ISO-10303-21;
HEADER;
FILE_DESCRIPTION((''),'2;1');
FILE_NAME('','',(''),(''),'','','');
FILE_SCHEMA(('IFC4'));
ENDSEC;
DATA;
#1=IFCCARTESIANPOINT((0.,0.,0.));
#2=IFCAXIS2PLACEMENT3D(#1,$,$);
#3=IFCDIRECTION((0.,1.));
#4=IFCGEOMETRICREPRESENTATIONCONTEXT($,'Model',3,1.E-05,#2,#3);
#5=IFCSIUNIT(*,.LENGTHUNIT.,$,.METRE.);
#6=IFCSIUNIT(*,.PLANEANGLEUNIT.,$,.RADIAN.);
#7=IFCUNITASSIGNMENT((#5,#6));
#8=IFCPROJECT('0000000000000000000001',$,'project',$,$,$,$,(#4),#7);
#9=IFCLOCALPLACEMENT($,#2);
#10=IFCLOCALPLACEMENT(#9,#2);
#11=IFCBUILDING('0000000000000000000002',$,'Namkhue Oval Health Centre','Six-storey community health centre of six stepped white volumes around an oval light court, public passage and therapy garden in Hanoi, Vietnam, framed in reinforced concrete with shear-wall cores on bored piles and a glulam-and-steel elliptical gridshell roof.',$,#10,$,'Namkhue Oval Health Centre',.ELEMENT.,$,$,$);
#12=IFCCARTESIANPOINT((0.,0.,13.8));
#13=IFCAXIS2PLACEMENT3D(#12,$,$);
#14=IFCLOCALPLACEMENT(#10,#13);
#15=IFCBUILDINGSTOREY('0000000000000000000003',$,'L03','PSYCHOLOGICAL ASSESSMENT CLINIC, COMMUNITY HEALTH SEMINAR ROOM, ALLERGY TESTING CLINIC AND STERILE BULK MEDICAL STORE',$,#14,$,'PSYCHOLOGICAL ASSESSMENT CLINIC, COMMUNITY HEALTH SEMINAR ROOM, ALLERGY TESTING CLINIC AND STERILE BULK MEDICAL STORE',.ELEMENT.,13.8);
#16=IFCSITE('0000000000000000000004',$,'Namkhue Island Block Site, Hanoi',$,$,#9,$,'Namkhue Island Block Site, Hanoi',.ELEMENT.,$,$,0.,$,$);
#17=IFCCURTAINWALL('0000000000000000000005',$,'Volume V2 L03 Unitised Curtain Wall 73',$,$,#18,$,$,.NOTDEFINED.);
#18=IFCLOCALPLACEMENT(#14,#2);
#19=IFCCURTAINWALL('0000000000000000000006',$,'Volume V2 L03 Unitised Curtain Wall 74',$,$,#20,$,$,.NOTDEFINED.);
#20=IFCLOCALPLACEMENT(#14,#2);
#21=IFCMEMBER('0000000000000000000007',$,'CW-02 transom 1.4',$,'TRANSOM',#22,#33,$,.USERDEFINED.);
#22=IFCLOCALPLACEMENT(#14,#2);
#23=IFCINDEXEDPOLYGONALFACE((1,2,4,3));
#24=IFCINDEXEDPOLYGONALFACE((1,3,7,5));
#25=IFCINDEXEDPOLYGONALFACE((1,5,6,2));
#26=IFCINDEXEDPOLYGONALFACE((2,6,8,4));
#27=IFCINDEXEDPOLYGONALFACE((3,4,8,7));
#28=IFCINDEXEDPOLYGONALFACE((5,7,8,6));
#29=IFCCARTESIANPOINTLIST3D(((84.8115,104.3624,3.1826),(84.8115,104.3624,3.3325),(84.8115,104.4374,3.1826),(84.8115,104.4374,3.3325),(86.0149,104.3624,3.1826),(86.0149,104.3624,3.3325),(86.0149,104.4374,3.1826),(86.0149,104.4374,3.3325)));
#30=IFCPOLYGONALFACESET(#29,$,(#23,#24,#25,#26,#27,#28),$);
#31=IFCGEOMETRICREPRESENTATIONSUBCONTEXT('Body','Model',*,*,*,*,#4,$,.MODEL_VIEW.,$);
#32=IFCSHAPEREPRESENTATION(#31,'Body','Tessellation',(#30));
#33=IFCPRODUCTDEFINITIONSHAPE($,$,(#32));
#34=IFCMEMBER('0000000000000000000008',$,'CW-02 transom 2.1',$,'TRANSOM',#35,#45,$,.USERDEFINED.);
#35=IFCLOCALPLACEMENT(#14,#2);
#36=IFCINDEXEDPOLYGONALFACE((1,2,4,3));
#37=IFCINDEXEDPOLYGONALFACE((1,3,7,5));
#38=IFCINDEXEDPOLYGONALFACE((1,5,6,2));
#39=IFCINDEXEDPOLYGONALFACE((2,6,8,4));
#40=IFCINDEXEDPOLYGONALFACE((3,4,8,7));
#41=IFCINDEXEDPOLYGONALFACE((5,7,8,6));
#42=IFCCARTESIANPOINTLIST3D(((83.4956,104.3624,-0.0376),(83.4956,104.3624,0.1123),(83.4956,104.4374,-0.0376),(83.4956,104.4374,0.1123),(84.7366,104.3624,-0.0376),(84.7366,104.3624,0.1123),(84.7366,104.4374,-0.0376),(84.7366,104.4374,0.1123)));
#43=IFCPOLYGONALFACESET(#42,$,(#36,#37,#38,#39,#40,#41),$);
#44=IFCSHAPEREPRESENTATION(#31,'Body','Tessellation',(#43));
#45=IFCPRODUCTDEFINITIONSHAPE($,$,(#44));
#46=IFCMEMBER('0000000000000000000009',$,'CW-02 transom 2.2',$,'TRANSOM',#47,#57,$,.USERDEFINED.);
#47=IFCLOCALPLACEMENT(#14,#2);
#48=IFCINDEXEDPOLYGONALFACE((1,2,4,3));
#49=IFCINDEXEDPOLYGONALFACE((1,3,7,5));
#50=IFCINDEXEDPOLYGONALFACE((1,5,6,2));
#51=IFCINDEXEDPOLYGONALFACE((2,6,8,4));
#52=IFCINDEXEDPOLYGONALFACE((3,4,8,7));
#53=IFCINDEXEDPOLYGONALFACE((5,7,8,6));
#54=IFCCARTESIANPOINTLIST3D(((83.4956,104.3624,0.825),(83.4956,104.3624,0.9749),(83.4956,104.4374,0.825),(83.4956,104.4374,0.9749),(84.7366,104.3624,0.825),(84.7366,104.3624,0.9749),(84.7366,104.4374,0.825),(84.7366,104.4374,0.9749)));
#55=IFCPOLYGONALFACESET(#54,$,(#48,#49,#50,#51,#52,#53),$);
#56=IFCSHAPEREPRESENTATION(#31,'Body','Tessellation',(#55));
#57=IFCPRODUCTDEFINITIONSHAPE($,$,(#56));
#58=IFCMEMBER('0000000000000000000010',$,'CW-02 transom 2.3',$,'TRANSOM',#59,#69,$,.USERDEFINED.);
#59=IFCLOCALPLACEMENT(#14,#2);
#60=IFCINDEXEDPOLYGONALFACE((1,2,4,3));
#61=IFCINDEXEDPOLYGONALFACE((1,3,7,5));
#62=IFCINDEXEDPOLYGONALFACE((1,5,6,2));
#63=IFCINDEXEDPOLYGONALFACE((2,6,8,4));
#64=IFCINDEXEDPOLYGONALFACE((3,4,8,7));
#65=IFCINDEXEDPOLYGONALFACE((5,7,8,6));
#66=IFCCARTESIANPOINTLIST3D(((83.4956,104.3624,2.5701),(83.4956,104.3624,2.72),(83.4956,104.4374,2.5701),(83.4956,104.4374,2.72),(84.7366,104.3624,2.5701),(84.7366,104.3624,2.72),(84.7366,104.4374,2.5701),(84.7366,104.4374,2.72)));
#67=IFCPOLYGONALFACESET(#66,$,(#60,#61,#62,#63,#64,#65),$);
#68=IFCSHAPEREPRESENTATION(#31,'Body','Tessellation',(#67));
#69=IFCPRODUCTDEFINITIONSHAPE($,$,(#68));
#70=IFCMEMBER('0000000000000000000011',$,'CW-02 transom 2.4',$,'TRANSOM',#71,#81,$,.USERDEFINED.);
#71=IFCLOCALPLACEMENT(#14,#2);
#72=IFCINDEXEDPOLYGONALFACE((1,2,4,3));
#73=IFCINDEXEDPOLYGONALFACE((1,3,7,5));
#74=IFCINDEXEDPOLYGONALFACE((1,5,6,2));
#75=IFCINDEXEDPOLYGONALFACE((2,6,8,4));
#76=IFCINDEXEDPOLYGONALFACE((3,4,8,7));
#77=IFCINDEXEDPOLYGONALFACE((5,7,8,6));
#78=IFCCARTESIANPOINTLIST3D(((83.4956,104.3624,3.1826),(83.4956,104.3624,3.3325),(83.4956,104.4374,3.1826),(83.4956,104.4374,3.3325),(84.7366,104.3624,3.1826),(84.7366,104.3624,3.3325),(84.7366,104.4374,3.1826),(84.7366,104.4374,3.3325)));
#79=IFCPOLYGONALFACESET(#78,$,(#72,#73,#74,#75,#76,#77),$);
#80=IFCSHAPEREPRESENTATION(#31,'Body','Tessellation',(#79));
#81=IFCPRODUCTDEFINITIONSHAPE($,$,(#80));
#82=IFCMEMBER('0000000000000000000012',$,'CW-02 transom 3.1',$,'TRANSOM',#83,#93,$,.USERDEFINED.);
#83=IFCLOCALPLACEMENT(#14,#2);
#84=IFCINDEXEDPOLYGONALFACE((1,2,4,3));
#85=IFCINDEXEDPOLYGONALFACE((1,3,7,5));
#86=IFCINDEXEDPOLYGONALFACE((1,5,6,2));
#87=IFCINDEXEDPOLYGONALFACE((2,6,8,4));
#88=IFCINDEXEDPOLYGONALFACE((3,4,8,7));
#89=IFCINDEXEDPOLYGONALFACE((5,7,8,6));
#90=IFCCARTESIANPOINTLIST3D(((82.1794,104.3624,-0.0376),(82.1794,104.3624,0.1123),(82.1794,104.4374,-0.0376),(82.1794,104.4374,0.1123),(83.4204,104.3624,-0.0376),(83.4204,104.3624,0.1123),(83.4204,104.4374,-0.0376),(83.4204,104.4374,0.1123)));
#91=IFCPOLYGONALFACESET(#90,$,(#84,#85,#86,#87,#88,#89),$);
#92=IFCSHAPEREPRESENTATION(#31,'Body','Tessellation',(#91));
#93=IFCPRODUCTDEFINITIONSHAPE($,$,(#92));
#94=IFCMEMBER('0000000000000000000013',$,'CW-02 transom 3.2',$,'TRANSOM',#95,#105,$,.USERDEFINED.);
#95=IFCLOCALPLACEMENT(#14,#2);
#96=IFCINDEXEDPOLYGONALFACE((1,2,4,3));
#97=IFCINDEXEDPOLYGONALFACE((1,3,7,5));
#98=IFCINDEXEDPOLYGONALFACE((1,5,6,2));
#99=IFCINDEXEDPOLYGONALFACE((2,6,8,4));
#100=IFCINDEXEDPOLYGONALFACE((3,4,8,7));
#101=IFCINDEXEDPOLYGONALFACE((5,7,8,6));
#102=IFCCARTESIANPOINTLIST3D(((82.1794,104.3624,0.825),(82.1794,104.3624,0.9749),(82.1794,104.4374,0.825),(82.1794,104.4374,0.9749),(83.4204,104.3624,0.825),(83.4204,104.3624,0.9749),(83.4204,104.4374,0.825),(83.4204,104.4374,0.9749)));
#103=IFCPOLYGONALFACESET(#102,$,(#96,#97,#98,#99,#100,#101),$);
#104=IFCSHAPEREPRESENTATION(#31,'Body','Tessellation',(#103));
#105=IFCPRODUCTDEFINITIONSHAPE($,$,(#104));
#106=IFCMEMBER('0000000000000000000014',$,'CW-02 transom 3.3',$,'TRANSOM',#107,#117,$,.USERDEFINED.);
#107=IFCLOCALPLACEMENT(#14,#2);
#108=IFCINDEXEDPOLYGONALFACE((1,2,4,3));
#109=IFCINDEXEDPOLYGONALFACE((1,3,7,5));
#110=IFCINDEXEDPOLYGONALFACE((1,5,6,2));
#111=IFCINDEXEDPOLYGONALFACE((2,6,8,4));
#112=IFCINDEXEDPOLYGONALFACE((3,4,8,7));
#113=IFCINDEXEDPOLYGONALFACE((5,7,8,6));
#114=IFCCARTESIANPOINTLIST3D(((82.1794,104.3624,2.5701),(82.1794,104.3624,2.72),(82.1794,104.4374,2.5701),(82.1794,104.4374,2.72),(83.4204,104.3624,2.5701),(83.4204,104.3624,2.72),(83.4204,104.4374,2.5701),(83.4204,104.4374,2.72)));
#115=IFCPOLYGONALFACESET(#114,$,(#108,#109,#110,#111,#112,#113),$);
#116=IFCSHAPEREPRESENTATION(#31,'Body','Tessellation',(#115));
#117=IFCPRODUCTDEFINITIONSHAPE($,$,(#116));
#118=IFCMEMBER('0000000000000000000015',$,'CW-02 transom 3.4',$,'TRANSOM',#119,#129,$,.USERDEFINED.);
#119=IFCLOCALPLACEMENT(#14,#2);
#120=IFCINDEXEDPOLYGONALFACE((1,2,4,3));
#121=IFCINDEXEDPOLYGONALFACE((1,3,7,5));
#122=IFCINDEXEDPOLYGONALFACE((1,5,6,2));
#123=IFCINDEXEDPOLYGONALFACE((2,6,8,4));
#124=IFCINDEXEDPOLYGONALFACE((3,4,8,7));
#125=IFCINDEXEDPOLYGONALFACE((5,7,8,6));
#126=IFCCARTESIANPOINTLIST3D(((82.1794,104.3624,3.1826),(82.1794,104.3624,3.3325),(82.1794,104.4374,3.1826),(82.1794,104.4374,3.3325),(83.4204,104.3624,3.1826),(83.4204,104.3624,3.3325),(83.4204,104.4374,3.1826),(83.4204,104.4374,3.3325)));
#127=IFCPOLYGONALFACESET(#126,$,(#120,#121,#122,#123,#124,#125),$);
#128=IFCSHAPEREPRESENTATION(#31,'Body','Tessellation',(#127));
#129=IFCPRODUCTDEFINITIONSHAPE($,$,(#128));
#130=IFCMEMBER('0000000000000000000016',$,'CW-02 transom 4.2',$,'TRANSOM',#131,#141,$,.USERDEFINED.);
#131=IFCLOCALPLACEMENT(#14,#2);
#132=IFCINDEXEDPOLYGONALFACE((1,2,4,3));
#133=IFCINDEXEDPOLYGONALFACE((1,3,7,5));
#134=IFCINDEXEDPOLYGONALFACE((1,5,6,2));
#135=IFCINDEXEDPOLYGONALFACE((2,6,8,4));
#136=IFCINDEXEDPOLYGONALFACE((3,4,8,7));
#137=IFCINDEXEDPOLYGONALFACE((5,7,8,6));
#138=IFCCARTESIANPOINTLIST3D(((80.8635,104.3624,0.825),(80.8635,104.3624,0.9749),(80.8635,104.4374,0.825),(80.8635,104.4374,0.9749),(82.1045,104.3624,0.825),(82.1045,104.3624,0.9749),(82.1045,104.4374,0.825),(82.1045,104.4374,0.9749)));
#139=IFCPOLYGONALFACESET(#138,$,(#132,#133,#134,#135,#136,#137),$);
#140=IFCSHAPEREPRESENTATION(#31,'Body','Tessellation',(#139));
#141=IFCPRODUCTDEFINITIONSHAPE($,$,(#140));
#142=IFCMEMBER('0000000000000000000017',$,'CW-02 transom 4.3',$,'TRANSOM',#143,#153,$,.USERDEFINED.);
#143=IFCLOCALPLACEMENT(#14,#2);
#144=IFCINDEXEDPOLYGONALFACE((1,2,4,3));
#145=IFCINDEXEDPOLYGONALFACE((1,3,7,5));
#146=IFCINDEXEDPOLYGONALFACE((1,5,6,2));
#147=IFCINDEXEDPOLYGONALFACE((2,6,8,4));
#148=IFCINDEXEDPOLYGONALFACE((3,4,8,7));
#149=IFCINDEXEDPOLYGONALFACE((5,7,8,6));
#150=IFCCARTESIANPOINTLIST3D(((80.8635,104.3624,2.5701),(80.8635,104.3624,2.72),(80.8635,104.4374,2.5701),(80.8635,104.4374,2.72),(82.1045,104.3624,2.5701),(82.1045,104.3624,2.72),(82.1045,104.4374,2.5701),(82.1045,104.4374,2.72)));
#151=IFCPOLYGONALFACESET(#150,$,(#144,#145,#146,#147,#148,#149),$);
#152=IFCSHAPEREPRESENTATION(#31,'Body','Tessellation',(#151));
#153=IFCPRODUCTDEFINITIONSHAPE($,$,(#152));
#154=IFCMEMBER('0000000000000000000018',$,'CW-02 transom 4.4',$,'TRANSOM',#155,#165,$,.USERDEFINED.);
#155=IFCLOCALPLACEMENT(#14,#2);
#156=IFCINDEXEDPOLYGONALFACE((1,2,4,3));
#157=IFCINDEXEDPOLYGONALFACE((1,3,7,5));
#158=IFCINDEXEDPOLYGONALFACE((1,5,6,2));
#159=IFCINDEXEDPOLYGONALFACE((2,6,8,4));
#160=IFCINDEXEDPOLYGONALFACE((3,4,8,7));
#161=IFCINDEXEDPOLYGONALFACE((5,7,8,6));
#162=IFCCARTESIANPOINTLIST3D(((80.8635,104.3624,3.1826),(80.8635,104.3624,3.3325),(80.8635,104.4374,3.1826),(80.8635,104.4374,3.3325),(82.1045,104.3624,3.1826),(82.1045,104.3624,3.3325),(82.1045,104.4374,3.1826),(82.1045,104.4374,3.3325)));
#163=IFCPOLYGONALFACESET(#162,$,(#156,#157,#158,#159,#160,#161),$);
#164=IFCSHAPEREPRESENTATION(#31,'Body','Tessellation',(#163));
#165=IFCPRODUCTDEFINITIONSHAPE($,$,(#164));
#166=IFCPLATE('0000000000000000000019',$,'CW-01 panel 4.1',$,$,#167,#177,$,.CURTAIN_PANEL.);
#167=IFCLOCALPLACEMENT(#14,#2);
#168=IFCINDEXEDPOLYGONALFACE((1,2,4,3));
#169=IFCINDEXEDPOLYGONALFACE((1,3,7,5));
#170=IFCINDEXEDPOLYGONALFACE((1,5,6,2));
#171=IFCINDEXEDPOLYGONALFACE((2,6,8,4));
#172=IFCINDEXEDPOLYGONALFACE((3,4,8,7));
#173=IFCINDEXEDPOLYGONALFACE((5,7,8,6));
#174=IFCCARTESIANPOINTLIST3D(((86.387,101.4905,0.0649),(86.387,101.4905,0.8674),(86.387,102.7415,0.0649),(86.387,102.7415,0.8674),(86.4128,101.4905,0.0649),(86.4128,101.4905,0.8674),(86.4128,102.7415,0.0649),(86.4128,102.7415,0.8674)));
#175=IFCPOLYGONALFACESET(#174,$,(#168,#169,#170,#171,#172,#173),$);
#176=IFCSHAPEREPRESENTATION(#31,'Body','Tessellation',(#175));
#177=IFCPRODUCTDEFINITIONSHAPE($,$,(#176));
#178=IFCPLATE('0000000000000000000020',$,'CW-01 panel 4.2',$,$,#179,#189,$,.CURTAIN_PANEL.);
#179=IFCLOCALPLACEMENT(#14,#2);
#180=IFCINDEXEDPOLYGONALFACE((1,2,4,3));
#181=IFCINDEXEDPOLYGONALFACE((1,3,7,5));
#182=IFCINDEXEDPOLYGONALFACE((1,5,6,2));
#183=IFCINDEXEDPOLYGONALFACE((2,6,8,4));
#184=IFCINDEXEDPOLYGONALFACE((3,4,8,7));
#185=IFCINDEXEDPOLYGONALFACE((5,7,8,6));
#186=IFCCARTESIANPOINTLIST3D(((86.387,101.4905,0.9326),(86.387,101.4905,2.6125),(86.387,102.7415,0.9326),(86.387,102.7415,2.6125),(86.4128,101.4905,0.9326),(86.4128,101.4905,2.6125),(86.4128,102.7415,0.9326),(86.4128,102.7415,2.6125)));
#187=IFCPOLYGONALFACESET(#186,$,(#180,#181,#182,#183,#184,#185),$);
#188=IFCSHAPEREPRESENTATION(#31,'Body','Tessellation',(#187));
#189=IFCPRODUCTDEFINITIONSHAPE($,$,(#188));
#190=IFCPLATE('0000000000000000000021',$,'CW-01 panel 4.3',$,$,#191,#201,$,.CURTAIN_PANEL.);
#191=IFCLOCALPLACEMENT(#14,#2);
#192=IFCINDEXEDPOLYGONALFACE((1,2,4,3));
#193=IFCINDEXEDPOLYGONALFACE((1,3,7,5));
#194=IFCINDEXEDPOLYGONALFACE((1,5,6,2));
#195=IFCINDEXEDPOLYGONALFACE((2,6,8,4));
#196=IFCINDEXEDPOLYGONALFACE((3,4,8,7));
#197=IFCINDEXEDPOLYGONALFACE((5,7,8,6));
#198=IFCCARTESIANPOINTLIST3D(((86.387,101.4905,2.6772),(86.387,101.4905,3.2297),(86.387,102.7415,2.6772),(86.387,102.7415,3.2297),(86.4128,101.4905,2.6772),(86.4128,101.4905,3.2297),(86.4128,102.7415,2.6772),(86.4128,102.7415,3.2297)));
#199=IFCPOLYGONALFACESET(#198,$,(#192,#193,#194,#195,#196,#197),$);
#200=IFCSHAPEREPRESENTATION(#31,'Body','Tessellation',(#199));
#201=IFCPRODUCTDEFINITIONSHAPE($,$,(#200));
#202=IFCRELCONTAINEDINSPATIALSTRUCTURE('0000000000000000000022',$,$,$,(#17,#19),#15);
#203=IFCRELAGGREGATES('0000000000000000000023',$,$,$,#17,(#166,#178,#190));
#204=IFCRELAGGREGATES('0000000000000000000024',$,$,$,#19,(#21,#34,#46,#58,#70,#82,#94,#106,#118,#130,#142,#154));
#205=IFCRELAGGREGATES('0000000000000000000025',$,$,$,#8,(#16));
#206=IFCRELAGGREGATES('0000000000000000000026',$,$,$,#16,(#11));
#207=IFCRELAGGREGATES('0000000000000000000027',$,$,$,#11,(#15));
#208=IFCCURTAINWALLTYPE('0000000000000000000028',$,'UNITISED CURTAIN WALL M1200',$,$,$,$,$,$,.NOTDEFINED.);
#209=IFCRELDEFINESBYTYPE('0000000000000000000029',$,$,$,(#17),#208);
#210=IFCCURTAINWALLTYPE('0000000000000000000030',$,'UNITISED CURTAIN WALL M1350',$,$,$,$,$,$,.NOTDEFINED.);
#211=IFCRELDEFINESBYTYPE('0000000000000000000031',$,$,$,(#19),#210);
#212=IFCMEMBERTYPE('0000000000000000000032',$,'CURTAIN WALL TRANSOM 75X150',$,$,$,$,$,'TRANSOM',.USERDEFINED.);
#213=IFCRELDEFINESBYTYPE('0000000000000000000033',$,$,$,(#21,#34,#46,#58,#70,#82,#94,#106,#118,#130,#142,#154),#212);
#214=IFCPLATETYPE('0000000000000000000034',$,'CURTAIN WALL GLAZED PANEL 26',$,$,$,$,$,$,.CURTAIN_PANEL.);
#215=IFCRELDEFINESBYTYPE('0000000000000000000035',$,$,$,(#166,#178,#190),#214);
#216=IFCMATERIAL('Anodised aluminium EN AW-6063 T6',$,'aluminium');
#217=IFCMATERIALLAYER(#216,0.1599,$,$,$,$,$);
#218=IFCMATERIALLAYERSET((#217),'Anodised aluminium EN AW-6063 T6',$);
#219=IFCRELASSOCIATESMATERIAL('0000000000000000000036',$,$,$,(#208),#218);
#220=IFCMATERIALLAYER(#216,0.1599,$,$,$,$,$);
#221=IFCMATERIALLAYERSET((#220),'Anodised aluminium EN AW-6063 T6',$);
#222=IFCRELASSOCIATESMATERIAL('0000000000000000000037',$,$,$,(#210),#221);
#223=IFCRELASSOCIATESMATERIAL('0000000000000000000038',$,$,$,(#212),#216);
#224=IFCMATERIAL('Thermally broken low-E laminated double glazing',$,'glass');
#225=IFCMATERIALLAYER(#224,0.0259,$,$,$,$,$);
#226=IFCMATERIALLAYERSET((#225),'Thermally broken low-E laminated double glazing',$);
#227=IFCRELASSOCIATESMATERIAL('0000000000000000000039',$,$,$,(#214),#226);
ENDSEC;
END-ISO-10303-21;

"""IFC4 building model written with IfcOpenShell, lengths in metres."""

from ifc_helpers import new_model, si_unit, direction, frame, origin, origin_2d, place, context, subcontext, project, spatial, rectangle, extrude, material, layer, layer_set, material_profile, profile_set, type_object, element, aggregate, save


model = new_model("IFC4")

# Units and contexts
model_context = context("Model", 3, precision=1e-05, world=origin(), true_north=direction((0.0, 1.0)))
body_context = subcontext(model_context, "Body", "Model", "MODEL_VIEW")
ifc_project = project(units=[si_unit("LENGTHUNIT", "METRE"), si_unit("PLANEANGLEUNIT", "RADIAN")], contexts=[model_context])

# Site, building, storey
site_placement = place(None, origin())
site = spatial("IfcSite", under=ifc_project, at=site_placement, Name="Namkhue Island Block Site, Hanoi", LongName="Namkhue Island Block Site, Hanoi", CompositionType="ELEMENT", RefElevation=0.0)
building_placement = place(site_placement, origin())
building = spatial("IfcBuilding", under=site, at=building_placement, Name="Namkhue Oval Health Centre", Description="Six-storey community health centre of six stepped white volumes around an oval light court, public passage and therapy garden in Hanoi, Vietnam, framed in reinforced concrete with shear-wall cores on bored piles and a glulam-and-steel elliptical gridshell roof.", LongName="Namkhue Oval Health Centre", CompositionType="ELEMENT")
storey_placement = place(building_placement, frame((0.0, 0.0, 13.8)))
storey = spatial("IfcBuildingStorey", under=building, at=storey_placement, Name="L03", Description="PSYCHOLOGICAL ASSESSMENT CLINIC, COMMUNITY HEALTH SEMINAR ROOM, ALLERGY TESTING CLINIC AND STERILE BULK MEDICAL STORE", LongName="PSYCHOLOGICAL ASSESSMENT CLINIC, COMMUNITY HEALTH SEMINAR ROOM, ALLERGY TESTING CLINIC AND STERILE BULK MEDICAL STORE", CompositionType="ELEMENT", Elevation=13.8)

# Curtain walls
ifc_material_1 = material(Name="Anodised aluminium EN AW-6063 T6", Category="aluminium")
ifc_layer_1 = layer(ifc_material_1, 0.1599)
ifc_layer_set_1 = layer_set([ifc_layer_1], Name="Anodised aluminium EN AW-6063 T6")
curtain_wall_type_1 = type_object("IfcCurtainWallType", Name="UNITISED CURTAIN WALL M1200", PredefinedType="NOTDEFINED", material=ifc_layer_set_1)
curtain_wall_1_placement = place(storey_placement, origin())
curtain_wall_1 = element("IfcCurtainWall", 1, at=curtain_wall_1_placement, inside=storey, type_object=curtain_wall_type_1, Name="Volume V2 L03 Unitised Curtain Wall 73", PredefinedType="NOTDEFINED")
ifc_layer_2 = layer(ifc_material_1, 0.1599)
ifc_layer_set_2 = layer_set([ifc_layer_2], Name="Anodised aluminium EN AW-6063 T6")
curtain_wall_type_2 = type_object("IfcCurtainWallType", Name="UNITISED CURTAIN WALL M1350", PredefinedType="NOTDEFINED", material=ifc_layer_set_2)
curtain_wall_2_placement = place(storey_placement, origin())
curtain_wall_2 = element("IfcCurtainWall", 2, at=curtain_wall_2_placement, inside=storey, type_object=curtain_wall_type_2, Name="Volume V2 L03 Unitised Curtain Wall 74", PredefinedType="NOTDEFINED")

# Members
ifc_material_profile_1 = material_profile(ifc_material_1, rectangle(XDim=0.075, YDim=0.1499, at=origin_2d()), Name="ALU 75x150")
ifc_profile_set_1 = profile_set([ifc_material_profile_1], Name="Anodised aluminium EN AW-6063 T6")
member_type_1 = type_object("IfcMemberType", Name="CURTAIN WALL TRANSOM 75X150", ElementType="TRANSOM", PredefinedType="USERDEFINED", material=ifc_profile_set_1)
member_1_placement = place(storey_placement, frame((86.0149, 104.3999, 3.2576), z_axis=(-1.0, 0.0, 0.0), x_axis=(0.0, -1.0, 0.0)))
member_1 = element("IfcMember", 3, at=member_1_placement, type_object=member_type_1, Name="CW-02 transom 1.4", ObjectType="TRANSOM", PredefinedType="USERDEFINED", context=body_context, shape_type="SweptSolid", body=[
    extrude(rectangle(XDim=0.075, YDim=0.1499, at=origin_2d()), origin(), (0.0, 0.0, 1.0), 1.2034),
])
member_2_placement = place(storey_placement, frame((84.7366, 104.3999, 0.0374), z_axis=(-1.0, 0.0, 0.0), x_axis=(0.0, -1.0, 0.0)))
member_2 = element("IfcMember", 4, at=member_2_placement, type_object=member_type_1, Name="CW-02 transom 2.1", ObjectType="TRANSOM", PredefinedType="USERDEFINED", context=body_context, shape_type="SweptSolid", body=[
    extrude(rectangle(XDim=0.075, YDim=0.1499, at=origin_2d()), origin(), (0.0, 0.0, 1.0), 1.241),
])
member_3_placement = place(storey_placement, frame((84.7366, 104.3999, 0.8999), z_axis=(-1.0, 0.0, 0.0), x_axis=(0.0, -1.0, 0.0)))
member_3 = element("IfcMember", 5, at=member_3_placement, type_object=member_type_1, Name="CW-02 transom 2.2", ObjectType="TRANSOM", PredefinedType="USERDEFINED", context=body_context, shape_type="SweptSolid", body=[
    extrude(rectangle(XDim=0.075, YDim=0.1499, at=origin_2d()), origin(), (0.0, 0.0, 1.0), 1.241),
])
member_4_placement = place(storey_placement, frame((84.7366, 104.3999, 2.645), z_axis=(-1.0, 0.0, 0.0), x_axis=(0.0, -1.0, 0.0)))
member_4 = element("IfcMember", 6, at=member_4_placement, type_object=member_type_1, Name="CW-02 transom 2.3", ObjectType="TRANSOM", PredefinedType="USERDEFINED", context=body_context, shape_type="SweptSolid", body=[
    extrude(rectangle(XDim=0.075, YDim=0.1499, at=origin_2d()), origin(), (0.0, 0.0, 1.0), 1.241),
])
member_5_placement = place(storey_placement, frame((84.7366, 104.3999, 3.2576), z_axis=(-1.0, 0.0, 0.0), x_axis=(0.0, -1.0, 0.0)))
member_5 = element("IfcMember", 7, at=member_5_placement, type_object=member_type_1, Name="CW-02 transom 2.4", ObjectType="TRANSOM", PredefinedType="USERDEFINED", context=body_context, shape_type="SweptSolid", body=[
    extrude(rectangle(XDim=0.075, YDim=0.1499, at=origin_2d()), origin(), (0.0, 0.0, 1.0), 1.241),
])
member_6_placement = place(storey_placement, frame((83.4204, 104.3999, 0.0374), z_axis=(-1.0, 0.0, 0.0), x_axis=(0.0, -1.0, 0.0)))
member_6 = element("IfcMember", 8, at=member_6_placement, type_object=member_type_1, Name="CW-02 transom 3.1", ObjectType="TRANSOM", PredefinedType="USERDEFINED", context=body_context, shape_type="SweptSolid", body=[
    extrude(rectangle(XDim=0.075, YDim=0.1499, at=origin_2d()), origin(), (0.0, 0.0, 1.0), 1.241),
])
member_7_placement = place(storey_placement, frame((83.4204, 104.3999, 0.8999), z_axis=(-1.0, 0.0, 0.0), x_axis=(0.0, -1.0, 0.0)))
member_7 = element("IfcMember", 9, at=member_7_placement, type_object=member_type_1, Name="CW-02 transom 3.2", ObjectType="TRANSOM", PredefinedType="USERDEFINED", context=body_context, shape_type="SweptSolid", body=[
    extrude(rectangle(XDim=0.075, YDim=0.1499, at=origin_2d()), origin(), (0.0, 0.0, 1.0), 1.241),
])
member_8_placement = place(storey_placement, frame((83.4204, 104.3999, 2.645), z_axis=(-1.0, 0.0, 0.0), x_axis=(0.0, -1.0, 0.0)))
member_8 = element("IfcMember", 10, at=member_8_placement, type_object=member_type_1, Name="CW-02 transom 3.3", ObjectType="TRANSOM", PredefinedType="USERDEFINED", context=body_context, shape_type="SweptSolid", body=[
    extrude(rectangle(XDim=0.075, YDim=0.1499, at=origin_2d()), origin(), (0.0, 0.0, 1.0), 1.241),
])
member_9_placement = place(storey_placement, frame((83.4204, 104.3999, 3.2576), z_axis=(-1.0, 0.0, 0.0), x_axis=(0.0, -1.0, 0.0)))
member_9 = element("IfcMember", 11, at=member_9_placement, type_object=member_type_1, Name="CW-02 transom 3.4", ObjectType="TRANSOM", PredefinedType="USERDEFINED", context=body_context, shape_type="SweptSolid", body=[
    extrude(rectangle(XDim=0.075, YDim=0.1499, at=origin_2d()), origin(), (0.0, 0.0, 1.0), 1.241),
])
member_10_placement = place(storey_placement, frame((82.1045, 104.3999, 0.8999), z_axis=(-1.0, 0.0, 0.0), x_axis=(0.0, -1.0, 0.0)))
member_10 = element("IfcMember", 12, at=member_10_placement, type_object=member_type_1, Name="CW-02 transom 4.2", ObjectType="TRANSOM", PredefinedType="USERDEFINED", context=body_context, shape_type="SweptSolid", body=[
    extrude(rectangle(XDim=0.075, YDim=0.1499, at=origin_2d()), origin(), (0.0, 0.0, 1.0), 1.241),
])
member_11_placement = place(storey_placement, frame((82.1045, 104.3999, 2.645), z_axis=(-1.0, 0.0, 0.0), x_axis=(0.0, -1.0, 0.0)))
member_11 = element("IfcMember", 13, at=member_11_placement, type_object=member_type_1, Name="CW-02 transom 4.3", ObjectType="TRANSOM", PredefinedType="USERDEFINED", context=body_context, shape_type="SweptSolid", body=[
    extrude(rectangle(XDim=0.075, YDim=0.1499, at=origin_2d()), origin(), (0.0, 0.0, 1.0), 1.241),
])
member_12_placement = place(storey_placement, frame((82.1045, 104.3999, 3.2576), z_axis=(-1.0, 0.0, 0.0), x_axis=(0.0, -1.0, 0.0)))
member_12 = element("IfcMember", 14, at=member_12_placement, type_object=member_type_1, Name="CW-02 transom 4.4", ObjectType="TRANSOM", PredefinedType="USERDEFINED", context=body_context, shape_type="SweptSolid", body=[
    extrude(rectangle(XDim=0.075, YDim=0.1499, at=origin_2d()), origin(), (0.0, 0.0, 1.0), 1.241),
])

# Plates
ifc_material_2 = material(Name="Thermally broken low-E laminated double glazing", Category="glass")
ifc_layer_3 = layer(ifc_material_2, 0.0259)
ifc_layer_set_3 = layer_set([ifc_layer_3], Name="Thermally broken low-E laminated double glazing")
plate_type_1 = type_object("IfcPlateType", Name="CURTAIN WALL GLAZED PANEL 26", PredefinedType="CURTAIN_PANEL", material=ifc_layer_set_3)
plate_1_placement = place(storey_placement, frame((86.3999, 102.116, 0.0649), z_axis=(0.0, 0.0, 1.0), x_axis=(0.0, 1.0, 0.0)))
plate_1 = element("IfcPlate", 15, at=plate_1_placement, type_object=plate_type_1, Name="CW-01 panel 4.1", PredefinedType="CURTAIN_PANEL", context=body_context, shape_type="SweptSolid", body=[
    extrude(rectangle(XDim=1.251, YDim=0.0259, at=origin_2d()), origin(), (0.0, 0.0, 1.0), 0.8025),
])
plate_2_placement = place(storey_placement, frame((86.3999, 102.116, 0.9326), z_axis=(0.0, 0.0, 1.0), x_axis=(0.0, 1.0, 0.0)))
plate_2 = element("IfcPlate", 16, at=plate_2_placement, type_object=plate_type_1, Name="CW-01 panel 4.2", PredefinedType="CURTAIN_PANEL", context=body_context, shape_type="SweptSolid", body=[
    extrude(rectangle(XDim=1.251, YDim=0.0259, at=origin_2d()), origin(), (0.0, 0.0, 1.0), 1.6799),
])
plate_3_placement = place(storey_placement, frame((86.3999, 102.116, 2.6772), z_axis=(0.0, 0.0, 1.0), x_axis=(0.0, 1.0, 0.0)))
plate_3 = element("IfcPlate", 17, at=plate_3_placement, type_object=plate_type_1, Name="CW-01 panel 4.3", PredefinedType="CURTAIN_PANEL", context=body_context, shape_type="SweptSolid", body=[
    extrude(rectangle(XDim=1.251, YDim=0.0259, at=origin_2d()), origin(), (0.0, 0.0, 1.0), 0.5525),
])
aggregate(curtain_wall_1, [plate_1, plate_2, plate_3])
aggregate(curtain_wall_2, [member_1, member_2, member_3, member_4, member_5, member_6, member_7, member_8, member_9, member_10, member_11, member_12])

save(model, "model.ifc")
